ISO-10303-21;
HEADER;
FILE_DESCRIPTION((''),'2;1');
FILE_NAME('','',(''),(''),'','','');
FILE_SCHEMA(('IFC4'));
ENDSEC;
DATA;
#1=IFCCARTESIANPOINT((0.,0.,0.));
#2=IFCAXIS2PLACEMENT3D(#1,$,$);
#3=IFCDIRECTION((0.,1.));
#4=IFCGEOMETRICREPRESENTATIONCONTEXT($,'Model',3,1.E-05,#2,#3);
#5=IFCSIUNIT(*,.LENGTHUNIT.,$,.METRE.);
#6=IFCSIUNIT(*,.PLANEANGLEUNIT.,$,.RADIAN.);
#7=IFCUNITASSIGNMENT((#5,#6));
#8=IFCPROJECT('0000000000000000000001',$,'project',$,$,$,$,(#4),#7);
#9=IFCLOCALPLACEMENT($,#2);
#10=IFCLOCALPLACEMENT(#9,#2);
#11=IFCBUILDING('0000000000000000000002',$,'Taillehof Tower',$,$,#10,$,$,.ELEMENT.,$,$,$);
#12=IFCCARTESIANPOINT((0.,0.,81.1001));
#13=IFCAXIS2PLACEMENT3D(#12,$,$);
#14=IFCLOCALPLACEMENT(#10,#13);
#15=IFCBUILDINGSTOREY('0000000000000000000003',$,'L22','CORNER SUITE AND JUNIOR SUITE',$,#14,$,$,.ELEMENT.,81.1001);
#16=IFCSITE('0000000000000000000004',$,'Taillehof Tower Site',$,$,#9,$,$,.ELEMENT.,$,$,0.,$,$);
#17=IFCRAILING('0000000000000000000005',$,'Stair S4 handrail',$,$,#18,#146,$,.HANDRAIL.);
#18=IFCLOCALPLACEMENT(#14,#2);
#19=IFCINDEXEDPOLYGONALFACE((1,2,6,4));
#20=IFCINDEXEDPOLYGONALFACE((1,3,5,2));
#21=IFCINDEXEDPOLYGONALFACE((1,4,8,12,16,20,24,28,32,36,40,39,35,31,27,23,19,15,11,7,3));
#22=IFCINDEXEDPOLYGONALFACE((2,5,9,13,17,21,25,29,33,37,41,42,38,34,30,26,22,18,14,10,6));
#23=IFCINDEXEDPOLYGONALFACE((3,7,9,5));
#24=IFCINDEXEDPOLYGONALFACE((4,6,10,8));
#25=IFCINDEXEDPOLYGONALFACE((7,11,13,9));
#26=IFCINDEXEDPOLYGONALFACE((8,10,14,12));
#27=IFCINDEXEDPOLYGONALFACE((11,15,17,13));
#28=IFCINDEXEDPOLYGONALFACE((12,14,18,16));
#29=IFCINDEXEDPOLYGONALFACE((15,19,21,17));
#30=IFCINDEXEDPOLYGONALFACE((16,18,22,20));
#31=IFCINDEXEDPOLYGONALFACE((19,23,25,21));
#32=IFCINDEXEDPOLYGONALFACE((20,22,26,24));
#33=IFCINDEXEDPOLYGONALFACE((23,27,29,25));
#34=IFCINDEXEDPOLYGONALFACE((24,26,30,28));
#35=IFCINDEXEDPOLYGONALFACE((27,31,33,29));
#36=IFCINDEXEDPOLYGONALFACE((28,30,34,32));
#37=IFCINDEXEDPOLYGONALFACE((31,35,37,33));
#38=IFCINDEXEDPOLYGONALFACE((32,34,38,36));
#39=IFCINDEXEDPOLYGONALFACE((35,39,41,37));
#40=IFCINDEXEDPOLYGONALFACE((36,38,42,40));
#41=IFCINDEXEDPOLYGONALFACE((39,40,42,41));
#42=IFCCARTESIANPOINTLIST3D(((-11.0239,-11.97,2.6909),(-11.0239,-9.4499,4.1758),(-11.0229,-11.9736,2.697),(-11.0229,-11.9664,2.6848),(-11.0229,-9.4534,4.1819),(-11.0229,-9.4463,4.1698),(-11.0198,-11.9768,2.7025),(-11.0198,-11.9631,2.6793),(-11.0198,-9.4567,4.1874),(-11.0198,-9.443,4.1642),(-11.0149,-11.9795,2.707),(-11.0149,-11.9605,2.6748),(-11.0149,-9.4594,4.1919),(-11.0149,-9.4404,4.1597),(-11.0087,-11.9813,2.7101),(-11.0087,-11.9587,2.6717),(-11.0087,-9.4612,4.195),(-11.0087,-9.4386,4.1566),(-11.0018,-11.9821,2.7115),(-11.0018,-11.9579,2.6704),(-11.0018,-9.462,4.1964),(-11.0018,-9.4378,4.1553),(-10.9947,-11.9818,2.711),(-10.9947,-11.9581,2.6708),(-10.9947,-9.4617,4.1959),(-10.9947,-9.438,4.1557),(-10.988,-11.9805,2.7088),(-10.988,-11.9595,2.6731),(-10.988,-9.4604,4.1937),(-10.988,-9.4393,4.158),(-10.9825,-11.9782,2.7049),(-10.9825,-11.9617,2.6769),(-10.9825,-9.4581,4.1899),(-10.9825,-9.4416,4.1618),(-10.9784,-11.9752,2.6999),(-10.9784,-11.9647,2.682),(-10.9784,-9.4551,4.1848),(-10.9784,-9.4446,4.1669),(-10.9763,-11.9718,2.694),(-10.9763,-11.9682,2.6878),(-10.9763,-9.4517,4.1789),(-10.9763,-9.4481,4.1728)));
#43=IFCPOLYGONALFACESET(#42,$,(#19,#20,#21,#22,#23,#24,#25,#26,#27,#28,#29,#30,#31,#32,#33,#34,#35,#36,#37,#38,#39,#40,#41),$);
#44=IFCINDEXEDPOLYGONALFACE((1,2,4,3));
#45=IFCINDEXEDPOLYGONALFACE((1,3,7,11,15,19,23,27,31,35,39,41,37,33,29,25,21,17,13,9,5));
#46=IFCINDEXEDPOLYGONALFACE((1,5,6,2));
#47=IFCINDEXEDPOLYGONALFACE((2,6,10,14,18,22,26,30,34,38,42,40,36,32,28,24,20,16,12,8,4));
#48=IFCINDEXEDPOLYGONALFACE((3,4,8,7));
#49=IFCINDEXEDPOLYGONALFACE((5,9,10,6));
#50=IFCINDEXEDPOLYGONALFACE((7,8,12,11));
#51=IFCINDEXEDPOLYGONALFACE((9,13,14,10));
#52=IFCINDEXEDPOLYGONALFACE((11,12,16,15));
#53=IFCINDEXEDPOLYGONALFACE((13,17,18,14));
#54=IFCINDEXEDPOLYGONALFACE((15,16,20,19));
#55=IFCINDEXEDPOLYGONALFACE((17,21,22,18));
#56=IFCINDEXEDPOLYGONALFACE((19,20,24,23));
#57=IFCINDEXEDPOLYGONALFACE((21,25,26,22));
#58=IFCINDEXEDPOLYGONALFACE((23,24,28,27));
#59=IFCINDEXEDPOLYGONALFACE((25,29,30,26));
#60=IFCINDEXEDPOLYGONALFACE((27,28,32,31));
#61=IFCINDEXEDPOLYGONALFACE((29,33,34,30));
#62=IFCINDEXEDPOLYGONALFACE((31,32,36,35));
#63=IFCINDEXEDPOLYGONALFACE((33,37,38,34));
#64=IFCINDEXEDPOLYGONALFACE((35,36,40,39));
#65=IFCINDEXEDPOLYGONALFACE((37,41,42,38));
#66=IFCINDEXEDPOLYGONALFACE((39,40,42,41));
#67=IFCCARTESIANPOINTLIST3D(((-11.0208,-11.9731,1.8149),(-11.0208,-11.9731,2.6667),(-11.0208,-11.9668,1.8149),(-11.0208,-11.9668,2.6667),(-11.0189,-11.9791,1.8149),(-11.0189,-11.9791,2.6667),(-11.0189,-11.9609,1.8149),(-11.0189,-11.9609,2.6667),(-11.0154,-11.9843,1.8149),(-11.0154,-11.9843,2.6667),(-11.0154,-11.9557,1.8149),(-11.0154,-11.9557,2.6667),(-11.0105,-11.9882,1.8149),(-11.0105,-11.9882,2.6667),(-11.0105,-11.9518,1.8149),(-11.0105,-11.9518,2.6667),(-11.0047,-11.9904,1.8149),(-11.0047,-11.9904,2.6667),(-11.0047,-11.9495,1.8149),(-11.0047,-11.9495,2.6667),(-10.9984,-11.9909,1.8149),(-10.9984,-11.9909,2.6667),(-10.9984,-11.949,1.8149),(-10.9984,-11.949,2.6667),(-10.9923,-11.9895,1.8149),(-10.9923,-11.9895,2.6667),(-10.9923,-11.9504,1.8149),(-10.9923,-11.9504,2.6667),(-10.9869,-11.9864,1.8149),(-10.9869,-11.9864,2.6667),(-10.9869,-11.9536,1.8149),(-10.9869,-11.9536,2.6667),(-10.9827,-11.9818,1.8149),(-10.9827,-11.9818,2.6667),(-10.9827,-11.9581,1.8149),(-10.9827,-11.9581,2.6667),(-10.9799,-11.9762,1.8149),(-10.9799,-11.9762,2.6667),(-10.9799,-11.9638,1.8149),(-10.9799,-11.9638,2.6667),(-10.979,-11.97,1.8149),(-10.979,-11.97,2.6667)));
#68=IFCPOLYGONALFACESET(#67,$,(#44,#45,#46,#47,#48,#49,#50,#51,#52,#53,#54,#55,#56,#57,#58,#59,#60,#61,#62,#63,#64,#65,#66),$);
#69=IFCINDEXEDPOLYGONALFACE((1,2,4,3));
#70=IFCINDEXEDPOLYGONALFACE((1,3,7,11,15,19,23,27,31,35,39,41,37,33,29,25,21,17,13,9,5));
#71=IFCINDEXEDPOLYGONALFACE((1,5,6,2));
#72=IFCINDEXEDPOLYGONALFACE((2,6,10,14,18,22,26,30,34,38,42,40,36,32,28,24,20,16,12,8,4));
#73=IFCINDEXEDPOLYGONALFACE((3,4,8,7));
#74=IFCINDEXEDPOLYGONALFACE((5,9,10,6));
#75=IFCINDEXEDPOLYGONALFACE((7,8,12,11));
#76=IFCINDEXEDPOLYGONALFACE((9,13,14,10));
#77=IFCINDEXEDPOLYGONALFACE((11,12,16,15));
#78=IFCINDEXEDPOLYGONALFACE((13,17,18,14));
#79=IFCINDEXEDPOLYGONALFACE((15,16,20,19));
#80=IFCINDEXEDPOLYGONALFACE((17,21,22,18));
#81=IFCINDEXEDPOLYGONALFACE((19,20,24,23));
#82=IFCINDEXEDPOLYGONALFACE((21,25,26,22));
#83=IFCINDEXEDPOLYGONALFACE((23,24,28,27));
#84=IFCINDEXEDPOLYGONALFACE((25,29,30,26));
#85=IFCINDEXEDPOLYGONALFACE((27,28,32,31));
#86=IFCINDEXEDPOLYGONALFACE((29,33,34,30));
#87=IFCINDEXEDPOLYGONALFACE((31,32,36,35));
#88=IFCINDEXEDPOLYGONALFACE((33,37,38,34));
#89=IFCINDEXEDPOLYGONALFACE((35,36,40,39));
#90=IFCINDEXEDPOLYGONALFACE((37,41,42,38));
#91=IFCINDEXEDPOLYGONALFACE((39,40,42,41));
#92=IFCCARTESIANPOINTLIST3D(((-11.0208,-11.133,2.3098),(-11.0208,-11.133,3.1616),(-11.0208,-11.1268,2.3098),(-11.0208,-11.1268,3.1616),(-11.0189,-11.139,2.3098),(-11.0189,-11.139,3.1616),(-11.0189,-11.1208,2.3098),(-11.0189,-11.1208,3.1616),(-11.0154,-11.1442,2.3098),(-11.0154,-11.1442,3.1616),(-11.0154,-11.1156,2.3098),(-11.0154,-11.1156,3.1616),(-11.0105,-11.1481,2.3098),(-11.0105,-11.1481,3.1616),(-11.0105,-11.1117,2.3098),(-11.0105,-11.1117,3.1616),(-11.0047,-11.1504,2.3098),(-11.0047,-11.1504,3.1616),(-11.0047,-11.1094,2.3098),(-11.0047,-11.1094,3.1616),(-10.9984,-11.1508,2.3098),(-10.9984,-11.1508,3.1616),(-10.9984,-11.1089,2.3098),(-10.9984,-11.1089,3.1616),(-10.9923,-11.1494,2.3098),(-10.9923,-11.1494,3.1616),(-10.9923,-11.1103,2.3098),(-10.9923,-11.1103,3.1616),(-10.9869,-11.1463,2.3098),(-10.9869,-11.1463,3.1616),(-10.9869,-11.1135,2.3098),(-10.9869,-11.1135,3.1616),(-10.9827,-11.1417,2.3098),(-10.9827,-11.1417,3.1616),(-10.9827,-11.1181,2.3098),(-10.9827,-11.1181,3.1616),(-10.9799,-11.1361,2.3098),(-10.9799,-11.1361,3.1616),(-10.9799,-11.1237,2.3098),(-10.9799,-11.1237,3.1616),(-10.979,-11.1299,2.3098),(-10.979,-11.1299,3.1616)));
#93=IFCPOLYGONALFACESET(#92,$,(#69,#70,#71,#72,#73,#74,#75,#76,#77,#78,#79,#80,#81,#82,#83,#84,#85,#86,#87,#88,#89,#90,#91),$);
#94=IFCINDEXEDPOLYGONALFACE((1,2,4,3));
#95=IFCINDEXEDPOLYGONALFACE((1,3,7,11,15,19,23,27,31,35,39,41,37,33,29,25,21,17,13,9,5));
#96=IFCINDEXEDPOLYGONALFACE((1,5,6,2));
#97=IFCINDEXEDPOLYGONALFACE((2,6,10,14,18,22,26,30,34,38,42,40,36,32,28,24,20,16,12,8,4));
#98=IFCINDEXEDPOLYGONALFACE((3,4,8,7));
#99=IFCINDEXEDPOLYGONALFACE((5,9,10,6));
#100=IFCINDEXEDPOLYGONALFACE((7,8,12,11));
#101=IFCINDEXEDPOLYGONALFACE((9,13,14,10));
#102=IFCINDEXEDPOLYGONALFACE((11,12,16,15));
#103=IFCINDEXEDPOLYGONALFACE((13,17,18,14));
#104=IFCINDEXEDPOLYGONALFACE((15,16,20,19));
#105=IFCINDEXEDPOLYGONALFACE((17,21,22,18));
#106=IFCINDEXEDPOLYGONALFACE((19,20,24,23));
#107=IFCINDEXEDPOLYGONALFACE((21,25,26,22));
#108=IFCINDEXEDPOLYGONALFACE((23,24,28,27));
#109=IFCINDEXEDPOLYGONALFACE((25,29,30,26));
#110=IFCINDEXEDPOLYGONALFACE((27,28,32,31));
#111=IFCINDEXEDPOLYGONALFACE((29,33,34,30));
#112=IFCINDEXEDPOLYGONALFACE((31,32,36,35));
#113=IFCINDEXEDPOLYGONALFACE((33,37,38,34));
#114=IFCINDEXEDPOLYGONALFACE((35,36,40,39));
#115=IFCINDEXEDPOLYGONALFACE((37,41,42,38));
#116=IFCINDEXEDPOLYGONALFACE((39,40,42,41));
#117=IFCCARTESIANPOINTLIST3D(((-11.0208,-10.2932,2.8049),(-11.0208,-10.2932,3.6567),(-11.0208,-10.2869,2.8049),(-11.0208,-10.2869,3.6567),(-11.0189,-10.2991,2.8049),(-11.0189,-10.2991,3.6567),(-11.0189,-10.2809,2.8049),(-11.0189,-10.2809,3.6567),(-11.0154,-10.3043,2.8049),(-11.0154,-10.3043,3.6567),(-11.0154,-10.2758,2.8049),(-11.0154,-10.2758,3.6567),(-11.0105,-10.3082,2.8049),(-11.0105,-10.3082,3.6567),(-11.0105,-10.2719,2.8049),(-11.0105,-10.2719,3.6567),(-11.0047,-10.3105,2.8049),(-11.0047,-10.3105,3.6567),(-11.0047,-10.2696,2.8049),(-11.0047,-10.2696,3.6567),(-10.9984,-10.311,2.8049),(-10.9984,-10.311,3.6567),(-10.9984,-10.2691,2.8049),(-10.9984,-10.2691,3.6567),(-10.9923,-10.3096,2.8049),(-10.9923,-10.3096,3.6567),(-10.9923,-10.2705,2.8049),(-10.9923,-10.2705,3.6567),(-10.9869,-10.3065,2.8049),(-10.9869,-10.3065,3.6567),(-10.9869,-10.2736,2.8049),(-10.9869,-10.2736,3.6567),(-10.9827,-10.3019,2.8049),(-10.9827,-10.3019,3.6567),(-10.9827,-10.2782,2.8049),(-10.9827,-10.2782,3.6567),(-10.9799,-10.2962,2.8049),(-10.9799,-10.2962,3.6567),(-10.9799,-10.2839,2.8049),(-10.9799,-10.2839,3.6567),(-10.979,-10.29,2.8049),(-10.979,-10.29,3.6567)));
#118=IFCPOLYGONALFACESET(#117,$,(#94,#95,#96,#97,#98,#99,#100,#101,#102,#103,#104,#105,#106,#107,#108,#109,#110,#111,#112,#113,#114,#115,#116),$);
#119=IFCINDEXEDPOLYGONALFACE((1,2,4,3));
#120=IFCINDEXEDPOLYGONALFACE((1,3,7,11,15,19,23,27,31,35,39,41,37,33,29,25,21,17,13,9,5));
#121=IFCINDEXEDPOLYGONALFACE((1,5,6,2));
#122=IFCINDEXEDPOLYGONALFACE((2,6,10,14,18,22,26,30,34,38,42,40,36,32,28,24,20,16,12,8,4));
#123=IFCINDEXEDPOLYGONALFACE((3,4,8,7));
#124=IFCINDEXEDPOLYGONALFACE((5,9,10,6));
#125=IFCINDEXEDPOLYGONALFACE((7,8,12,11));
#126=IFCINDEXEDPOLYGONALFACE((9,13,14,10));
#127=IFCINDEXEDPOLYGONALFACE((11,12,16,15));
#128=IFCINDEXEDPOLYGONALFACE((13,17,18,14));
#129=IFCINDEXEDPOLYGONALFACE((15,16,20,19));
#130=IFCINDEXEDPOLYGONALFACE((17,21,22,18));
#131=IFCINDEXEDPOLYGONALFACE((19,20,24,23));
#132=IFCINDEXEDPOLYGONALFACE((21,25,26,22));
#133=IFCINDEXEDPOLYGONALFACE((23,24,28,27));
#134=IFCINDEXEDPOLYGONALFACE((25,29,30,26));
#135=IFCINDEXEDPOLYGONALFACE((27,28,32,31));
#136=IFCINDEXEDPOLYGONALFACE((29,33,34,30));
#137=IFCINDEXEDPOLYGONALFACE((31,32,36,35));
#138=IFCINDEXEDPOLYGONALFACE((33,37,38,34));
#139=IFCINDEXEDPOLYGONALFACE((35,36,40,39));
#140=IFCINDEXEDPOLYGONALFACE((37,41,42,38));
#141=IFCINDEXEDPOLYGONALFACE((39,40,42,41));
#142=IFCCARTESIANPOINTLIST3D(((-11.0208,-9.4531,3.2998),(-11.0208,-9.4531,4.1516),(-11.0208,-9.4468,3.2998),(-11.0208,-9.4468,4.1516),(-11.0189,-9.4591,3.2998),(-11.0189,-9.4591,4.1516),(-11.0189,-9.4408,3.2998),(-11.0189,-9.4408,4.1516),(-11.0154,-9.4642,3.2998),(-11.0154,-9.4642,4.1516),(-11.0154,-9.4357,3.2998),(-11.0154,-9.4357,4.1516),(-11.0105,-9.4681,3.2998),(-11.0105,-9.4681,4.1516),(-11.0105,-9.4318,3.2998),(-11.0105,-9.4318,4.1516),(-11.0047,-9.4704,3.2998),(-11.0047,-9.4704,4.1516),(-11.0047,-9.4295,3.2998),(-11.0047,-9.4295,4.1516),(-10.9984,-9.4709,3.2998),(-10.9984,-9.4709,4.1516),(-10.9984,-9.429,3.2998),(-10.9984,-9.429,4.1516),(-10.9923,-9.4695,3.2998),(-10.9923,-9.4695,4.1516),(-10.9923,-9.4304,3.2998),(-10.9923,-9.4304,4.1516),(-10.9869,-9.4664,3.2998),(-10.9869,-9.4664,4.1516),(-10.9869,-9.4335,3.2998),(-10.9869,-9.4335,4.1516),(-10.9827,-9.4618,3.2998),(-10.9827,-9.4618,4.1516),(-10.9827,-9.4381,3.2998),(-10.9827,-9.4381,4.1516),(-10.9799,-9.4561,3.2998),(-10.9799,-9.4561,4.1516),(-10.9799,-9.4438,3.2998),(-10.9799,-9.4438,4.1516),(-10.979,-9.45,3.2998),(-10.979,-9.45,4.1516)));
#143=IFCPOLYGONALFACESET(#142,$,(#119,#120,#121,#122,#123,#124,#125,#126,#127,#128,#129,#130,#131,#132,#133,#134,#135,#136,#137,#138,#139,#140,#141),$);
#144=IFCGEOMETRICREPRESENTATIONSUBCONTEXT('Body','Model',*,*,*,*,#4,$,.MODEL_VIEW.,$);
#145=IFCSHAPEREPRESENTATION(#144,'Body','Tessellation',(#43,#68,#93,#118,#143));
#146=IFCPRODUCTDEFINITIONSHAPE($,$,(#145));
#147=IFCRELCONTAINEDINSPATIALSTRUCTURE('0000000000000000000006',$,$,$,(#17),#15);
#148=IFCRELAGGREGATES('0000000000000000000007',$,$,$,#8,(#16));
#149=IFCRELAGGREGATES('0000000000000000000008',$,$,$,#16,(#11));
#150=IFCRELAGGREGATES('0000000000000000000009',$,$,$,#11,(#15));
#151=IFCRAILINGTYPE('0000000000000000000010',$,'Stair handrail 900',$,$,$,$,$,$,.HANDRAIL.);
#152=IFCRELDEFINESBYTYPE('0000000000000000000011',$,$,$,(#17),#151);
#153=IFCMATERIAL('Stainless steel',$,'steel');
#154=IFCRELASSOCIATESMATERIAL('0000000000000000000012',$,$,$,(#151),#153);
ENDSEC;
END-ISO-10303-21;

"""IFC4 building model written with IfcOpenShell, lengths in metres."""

from ifc_helpers import new_model, si_unit, direction, frame, origin, origin_2d, place, context, subcontext, project, spatial, circle, extrude, material, type_object, element, save


model = new_model("IFC4")

# Units and contexts
model_context = context("Model", 3, precision=1e-05, world=origin(), true_north=direction((0.0, 1.0)))
body_context = subcontext(model_context, "Body", "Model", "MODEL_VIEW")
ifc_project = project(units=[si_unit("LENGTHUNIT", "METRE"), si_unit("PLANEANGLEUNIT", "RADIAN")], contexts=[model_context])

# Site, building, storey
site_placement = place(None, origin())
site = spatial("IfcSite", under=ifc_project, at=site_placement, Name="Taillehof Tower Site", CompositionType="ELEMENT", RefElevation=0.0)
building_placement = place(site_placement, origin())
building = spatial("IfcBuilding", under=site, at=building_placement, Name="Taillehof Tower", CompositionType="ELEMENT")
storey_placement = place(building_placement, frame((0.0, 0.0, 81.1001)))
storey = spatial("IfcBuildingStorey", under=building, at=storey_placement, Name="L22", Description="CORNER SUITE AND JUNIOR SUITE", CompositionType="ELEMENT", Elevation=81.1001)

# Railing
ifc_material_1 = material(Name="Stainless steel", Category="steel")
railing_type = type_object("IfcRailingType", Name="Stair handrail 900", PredefinedType="HANDRAIL", material=ifc_material_1)
railing_placement = place(storey_placement, frame((-11.0, -11.97, 1.8149)))
element("IfcRailing", 1, at=railing_placement, inside=storey, type_object=railing_type, Name="Stair S4 handrail", PredefinedType="HANDRAIL", context=body_context, shape_type="SweptSolid", body=[
    extrude(circle(Radius=0.0239, at=origin_2d()), frame((0.0, 0.0, 0.876), z_axis=(0.0, 0.861561, 0.507655), x_axis=(-1.0, 0.0, 0.0)), (0.0, 0.0, 1.0), 2.925),
    extrude(circle(Radius=0.021, at=origin_2d()), origin(), (0.0, 0.0, 1.0), 0.8518),
    extrude(circle(Radius=0.021, at=origin_2d()), frame((0.0, 0.8401, 0.4949)), (0.0, 0.0, 1.0), 0.8518),
    extrude(circle(Radius=0.021, at=origin_2d()), frame((0.0, 1.6799, 0.99)), (0.0, 0.0, 1.0), 0.8518),
    extrude(circle(Radius=0.021, at=origin_2d()), frame((0.0, 2.52, 1.4849)), (0.0, 0.0, 1.0), 0.8518),
])

save(model, "model.ifc")
